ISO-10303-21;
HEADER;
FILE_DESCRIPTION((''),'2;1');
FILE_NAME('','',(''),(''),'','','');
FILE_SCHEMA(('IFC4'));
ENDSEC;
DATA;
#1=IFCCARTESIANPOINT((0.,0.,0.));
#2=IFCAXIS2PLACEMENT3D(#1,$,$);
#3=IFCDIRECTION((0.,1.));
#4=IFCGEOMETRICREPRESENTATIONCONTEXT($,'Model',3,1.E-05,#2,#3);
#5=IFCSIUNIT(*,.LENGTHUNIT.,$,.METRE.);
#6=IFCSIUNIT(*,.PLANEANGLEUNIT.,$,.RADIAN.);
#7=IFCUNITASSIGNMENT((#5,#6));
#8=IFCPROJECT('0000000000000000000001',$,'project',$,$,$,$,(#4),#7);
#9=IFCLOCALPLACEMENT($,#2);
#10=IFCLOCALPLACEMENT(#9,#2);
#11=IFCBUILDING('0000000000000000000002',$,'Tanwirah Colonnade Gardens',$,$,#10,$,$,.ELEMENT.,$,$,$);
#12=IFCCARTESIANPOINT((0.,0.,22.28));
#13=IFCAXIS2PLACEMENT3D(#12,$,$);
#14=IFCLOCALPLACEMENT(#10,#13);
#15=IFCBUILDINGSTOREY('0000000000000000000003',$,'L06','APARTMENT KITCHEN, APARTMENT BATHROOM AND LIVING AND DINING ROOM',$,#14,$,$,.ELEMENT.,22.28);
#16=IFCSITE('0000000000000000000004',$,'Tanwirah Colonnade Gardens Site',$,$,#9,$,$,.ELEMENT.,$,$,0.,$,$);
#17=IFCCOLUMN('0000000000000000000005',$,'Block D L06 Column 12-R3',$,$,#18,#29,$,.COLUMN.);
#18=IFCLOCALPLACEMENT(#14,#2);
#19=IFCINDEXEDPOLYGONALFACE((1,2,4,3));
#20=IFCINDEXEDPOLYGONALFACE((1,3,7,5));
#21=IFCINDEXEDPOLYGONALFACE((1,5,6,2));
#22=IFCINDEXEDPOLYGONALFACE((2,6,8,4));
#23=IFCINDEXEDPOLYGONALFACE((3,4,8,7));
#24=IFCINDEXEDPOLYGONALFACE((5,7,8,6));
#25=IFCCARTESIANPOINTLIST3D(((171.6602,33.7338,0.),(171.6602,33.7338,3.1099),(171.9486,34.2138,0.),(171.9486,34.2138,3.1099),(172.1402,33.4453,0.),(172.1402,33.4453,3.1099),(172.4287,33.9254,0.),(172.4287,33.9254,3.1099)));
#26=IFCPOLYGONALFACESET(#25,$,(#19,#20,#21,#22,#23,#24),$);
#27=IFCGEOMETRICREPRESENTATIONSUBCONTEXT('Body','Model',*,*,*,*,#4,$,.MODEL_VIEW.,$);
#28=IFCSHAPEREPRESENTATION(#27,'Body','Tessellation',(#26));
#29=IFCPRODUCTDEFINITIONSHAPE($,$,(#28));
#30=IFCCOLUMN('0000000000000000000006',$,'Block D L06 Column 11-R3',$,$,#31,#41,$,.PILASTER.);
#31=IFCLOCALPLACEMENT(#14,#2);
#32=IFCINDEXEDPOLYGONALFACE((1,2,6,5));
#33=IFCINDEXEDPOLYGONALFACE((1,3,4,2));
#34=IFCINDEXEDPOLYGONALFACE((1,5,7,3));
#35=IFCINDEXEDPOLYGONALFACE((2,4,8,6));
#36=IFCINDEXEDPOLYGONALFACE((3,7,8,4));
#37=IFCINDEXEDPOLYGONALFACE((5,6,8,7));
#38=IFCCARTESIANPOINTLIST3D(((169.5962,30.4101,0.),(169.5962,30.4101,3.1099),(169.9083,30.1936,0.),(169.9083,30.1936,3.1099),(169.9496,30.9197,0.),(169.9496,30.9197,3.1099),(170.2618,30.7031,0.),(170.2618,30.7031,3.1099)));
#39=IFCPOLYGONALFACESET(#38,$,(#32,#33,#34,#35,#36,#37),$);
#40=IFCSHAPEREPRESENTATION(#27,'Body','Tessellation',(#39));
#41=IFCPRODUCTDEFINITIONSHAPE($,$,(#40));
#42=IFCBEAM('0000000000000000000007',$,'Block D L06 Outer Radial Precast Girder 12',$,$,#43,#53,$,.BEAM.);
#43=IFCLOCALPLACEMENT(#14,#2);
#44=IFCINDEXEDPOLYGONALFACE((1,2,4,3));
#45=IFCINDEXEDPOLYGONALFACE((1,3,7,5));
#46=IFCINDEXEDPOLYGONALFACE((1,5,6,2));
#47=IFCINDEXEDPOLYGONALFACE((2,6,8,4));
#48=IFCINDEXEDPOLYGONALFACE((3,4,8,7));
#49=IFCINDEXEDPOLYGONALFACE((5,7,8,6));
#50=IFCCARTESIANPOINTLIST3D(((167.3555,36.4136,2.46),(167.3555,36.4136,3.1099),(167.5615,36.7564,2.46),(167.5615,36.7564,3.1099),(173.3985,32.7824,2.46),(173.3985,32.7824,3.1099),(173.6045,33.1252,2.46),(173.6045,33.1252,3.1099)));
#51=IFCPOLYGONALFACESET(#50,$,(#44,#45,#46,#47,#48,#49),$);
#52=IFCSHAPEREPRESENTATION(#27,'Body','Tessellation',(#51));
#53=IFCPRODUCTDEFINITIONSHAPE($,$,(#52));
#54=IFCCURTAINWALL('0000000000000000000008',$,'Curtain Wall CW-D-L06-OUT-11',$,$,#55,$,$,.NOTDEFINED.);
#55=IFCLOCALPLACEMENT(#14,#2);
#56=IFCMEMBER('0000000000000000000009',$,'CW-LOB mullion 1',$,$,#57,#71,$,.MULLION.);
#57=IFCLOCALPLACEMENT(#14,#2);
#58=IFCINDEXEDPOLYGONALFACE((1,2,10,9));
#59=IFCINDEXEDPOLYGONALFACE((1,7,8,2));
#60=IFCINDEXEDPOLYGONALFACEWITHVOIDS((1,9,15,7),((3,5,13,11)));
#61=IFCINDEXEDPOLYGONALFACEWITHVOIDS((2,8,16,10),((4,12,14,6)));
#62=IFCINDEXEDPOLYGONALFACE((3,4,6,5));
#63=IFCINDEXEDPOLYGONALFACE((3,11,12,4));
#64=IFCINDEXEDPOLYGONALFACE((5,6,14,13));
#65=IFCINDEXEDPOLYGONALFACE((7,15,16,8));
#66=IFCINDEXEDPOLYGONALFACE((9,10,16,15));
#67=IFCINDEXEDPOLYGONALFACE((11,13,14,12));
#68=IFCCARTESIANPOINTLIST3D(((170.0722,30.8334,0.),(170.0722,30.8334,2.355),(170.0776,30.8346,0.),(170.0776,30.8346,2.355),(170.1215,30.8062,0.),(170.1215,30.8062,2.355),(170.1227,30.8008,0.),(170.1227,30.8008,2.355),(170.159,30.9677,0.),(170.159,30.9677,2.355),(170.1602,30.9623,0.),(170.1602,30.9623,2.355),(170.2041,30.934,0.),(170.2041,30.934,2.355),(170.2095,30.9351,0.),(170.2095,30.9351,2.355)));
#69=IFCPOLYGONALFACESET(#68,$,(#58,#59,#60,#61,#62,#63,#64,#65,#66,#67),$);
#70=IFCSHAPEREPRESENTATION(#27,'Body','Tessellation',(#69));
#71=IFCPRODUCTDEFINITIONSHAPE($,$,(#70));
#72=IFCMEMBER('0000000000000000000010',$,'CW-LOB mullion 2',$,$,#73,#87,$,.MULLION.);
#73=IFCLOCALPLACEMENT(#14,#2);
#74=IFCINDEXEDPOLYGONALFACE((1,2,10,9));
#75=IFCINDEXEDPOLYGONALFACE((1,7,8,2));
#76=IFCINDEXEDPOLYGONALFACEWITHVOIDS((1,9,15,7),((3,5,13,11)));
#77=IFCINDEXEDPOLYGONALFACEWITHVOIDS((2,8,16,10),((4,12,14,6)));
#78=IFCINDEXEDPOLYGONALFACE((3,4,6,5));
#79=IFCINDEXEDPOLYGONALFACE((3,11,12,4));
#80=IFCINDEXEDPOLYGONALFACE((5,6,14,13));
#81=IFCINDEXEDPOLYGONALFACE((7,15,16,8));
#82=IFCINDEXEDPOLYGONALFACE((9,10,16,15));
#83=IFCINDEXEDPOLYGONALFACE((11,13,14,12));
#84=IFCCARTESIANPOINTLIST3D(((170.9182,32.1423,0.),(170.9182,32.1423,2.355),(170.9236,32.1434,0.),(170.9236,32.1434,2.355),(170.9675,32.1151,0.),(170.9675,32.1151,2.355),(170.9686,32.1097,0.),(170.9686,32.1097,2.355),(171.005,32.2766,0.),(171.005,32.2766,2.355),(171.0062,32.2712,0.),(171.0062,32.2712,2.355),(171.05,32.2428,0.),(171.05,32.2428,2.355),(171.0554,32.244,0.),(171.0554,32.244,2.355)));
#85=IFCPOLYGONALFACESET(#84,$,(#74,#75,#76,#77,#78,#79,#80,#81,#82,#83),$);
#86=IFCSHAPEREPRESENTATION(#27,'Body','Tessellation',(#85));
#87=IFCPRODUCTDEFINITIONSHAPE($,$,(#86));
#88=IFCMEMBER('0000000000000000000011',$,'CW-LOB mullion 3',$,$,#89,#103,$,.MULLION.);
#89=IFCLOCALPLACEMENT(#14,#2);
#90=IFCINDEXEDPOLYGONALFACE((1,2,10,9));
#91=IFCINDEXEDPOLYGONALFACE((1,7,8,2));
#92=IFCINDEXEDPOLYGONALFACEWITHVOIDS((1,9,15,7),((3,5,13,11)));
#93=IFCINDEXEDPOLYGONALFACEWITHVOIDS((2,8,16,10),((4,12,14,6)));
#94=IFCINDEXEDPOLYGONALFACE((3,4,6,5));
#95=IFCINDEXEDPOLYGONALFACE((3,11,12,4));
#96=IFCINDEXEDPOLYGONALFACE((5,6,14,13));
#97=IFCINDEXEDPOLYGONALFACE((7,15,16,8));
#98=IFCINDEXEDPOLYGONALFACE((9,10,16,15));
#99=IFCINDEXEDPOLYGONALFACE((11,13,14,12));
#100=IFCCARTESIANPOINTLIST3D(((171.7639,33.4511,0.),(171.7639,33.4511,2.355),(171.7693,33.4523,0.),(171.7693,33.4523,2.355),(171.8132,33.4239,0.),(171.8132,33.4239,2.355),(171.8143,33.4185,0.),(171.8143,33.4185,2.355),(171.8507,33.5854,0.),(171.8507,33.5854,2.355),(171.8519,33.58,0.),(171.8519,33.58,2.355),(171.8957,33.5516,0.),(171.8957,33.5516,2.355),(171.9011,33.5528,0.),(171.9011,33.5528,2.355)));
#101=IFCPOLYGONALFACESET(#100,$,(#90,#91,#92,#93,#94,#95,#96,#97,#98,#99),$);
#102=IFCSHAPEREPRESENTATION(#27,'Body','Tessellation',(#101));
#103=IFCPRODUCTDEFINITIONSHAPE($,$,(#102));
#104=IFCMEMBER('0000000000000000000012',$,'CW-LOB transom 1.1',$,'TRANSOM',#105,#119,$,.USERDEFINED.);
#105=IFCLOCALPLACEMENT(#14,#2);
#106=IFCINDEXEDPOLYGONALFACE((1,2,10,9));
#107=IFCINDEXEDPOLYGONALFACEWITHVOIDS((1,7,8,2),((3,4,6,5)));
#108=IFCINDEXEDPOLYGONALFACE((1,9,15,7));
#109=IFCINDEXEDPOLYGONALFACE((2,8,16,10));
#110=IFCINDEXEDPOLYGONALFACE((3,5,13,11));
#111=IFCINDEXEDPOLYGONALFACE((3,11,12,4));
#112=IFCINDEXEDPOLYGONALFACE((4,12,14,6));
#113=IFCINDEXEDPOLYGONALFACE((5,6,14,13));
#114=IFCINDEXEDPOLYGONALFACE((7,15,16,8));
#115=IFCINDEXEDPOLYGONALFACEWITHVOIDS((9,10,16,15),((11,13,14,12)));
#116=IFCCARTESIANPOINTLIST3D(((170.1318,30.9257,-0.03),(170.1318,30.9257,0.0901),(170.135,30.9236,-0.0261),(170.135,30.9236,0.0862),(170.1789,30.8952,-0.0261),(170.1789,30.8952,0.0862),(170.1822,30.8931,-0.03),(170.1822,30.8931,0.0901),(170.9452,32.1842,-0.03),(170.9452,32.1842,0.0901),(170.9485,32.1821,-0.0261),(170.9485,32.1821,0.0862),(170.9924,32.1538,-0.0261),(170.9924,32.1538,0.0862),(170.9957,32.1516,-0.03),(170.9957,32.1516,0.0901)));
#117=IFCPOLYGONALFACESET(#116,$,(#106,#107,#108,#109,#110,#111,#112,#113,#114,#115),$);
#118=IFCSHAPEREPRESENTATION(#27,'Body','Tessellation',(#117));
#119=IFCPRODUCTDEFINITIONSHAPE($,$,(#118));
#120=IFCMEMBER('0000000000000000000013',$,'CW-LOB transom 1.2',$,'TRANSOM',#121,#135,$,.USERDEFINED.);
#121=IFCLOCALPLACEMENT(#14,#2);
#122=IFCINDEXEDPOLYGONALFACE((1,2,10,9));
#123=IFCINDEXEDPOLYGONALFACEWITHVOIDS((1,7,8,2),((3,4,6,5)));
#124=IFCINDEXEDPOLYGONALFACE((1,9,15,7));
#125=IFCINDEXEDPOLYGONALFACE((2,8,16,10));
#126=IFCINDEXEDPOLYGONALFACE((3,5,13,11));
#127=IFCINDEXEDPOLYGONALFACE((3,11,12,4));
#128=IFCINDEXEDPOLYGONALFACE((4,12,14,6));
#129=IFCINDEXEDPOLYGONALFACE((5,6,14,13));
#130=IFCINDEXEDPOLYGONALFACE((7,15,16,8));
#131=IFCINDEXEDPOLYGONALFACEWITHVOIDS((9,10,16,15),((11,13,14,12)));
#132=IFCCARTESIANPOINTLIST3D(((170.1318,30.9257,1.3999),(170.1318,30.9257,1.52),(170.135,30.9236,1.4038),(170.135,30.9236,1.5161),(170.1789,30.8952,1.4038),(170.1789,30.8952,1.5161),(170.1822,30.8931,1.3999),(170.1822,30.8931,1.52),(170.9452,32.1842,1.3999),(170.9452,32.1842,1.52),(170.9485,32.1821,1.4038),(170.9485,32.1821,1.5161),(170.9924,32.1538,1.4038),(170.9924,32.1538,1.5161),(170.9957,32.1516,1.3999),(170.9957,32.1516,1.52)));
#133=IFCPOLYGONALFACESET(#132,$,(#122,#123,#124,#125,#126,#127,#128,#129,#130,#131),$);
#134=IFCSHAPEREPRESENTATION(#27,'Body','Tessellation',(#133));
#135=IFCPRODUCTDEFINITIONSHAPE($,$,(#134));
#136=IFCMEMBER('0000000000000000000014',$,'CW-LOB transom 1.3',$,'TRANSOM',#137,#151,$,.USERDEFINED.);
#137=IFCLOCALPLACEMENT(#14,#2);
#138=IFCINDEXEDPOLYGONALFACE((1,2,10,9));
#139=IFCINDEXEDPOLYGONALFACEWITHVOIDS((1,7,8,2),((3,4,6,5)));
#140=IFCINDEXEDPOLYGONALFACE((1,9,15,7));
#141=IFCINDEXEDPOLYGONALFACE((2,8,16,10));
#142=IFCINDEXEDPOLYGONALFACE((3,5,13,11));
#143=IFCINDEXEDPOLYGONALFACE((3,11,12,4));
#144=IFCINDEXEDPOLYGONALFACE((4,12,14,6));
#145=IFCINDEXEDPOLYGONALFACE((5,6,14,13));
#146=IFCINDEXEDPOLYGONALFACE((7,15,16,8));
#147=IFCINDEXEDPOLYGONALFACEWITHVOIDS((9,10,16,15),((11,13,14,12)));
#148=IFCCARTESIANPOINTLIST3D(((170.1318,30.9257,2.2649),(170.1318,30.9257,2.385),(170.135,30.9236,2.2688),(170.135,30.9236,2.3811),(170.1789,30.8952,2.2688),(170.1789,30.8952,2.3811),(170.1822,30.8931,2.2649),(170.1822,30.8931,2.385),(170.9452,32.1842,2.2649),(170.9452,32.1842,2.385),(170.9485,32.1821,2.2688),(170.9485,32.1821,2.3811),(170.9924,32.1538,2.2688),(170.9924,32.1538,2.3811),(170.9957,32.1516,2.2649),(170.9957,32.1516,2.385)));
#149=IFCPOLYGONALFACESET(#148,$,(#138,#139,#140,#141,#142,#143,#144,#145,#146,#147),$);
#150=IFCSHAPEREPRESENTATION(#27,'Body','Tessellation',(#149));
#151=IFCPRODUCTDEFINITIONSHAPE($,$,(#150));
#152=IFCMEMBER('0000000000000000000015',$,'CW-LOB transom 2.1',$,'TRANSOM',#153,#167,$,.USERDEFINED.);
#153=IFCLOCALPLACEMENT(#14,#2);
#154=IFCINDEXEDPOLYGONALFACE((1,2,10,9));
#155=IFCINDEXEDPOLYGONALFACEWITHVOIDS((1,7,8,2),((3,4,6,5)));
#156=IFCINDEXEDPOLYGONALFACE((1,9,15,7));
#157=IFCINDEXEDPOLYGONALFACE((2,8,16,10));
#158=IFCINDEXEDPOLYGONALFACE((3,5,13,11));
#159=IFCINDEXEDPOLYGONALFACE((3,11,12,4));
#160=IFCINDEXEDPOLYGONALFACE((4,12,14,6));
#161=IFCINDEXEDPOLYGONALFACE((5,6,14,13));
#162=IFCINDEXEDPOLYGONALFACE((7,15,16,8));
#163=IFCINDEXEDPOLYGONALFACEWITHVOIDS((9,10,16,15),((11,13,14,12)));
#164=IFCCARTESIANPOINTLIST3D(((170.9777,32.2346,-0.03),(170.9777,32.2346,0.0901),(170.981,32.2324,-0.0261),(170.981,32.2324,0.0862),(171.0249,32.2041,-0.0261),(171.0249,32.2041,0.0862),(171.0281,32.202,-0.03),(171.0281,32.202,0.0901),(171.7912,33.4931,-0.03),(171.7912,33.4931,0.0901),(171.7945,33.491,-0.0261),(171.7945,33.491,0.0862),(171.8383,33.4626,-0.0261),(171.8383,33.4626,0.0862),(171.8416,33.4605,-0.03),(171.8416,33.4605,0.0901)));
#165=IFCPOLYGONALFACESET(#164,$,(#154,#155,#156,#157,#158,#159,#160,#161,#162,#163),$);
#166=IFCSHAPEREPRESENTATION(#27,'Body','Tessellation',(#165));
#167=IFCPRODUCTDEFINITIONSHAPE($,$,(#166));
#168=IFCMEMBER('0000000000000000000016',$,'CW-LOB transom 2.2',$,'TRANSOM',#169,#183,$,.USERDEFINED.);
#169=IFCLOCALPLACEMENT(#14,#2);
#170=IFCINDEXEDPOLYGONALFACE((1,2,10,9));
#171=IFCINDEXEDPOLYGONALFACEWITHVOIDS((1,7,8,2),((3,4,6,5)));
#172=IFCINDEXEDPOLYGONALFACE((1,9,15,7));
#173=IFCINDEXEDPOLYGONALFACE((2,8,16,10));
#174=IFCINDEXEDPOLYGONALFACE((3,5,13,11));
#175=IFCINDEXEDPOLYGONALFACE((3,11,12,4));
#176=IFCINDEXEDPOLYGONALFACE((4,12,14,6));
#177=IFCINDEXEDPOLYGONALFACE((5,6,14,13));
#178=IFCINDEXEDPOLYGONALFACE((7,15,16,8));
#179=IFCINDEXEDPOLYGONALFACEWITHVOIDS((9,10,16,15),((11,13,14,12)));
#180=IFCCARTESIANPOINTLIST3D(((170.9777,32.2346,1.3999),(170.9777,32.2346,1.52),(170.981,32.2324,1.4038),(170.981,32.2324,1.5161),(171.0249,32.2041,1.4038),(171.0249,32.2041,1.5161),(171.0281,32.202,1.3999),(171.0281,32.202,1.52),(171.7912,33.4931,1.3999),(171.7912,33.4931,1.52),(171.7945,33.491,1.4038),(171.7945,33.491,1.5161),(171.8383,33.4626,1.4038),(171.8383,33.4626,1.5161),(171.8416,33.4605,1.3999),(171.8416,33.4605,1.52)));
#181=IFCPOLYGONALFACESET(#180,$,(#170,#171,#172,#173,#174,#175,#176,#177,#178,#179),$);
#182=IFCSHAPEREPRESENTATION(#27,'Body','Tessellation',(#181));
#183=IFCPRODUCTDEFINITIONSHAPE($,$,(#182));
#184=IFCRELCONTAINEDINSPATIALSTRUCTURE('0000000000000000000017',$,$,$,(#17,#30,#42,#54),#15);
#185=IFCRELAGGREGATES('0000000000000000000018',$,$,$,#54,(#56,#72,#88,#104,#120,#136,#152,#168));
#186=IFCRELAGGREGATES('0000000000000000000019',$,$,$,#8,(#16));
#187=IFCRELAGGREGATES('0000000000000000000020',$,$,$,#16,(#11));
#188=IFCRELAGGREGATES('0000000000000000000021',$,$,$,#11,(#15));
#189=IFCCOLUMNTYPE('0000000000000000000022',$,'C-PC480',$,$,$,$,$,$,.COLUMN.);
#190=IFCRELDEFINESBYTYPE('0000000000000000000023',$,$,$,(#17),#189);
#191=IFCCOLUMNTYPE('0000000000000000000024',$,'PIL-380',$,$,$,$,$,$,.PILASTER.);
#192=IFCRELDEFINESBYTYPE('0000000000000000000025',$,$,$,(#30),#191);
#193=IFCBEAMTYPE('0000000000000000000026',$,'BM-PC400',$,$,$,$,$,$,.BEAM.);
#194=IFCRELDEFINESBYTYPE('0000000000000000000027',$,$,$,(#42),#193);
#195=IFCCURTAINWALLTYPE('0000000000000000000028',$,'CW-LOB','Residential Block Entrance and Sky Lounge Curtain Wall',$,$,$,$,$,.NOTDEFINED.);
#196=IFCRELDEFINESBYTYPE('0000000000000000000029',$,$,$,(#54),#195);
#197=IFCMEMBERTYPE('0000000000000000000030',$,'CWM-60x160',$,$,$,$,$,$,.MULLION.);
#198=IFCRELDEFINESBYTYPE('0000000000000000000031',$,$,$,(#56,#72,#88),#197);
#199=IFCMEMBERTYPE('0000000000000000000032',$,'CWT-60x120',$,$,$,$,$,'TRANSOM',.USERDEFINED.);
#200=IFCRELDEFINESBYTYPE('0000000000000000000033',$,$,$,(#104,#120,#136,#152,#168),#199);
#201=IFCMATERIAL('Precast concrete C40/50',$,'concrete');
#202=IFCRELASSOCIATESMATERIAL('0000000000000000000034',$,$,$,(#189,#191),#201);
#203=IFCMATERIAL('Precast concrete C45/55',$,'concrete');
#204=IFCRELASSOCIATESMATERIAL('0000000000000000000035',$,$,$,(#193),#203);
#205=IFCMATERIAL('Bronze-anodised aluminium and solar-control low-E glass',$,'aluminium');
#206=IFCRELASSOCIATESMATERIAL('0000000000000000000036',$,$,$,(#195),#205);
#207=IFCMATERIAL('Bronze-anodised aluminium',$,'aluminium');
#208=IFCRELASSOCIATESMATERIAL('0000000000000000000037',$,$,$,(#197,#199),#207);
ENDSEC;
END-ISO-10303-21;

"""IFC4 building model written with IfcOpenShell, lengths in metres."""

from ifc_helpers import new_model, si_unit, direction, frame, origin, origin_2d, place, context, subcontext, project, spatial, rectangle, hollow_rectangle, extrude, material, material_profile, profile_set, type_object, element, aggregate, save


model = new_model("IFC4")

# Units and contexts
model_context = context("Model", 3, precision=1e-05, world=origin(), true_north=direction((0.0, 1.0)))
body_context = subcontext(model_context, "Body", "Model", "MODEL_VIEW")
ifc_project = project(units=[si_unit("LENGTHUNIT", "METRE"), si_unit("PLANEANGLEUNIT", "RADIAN")], contexts=[model_context])

# Site, building, storey
site_placement = place(None, origin())
site = spatial("IfcSite", under=ifc_project, at=site_placement, Name="Tanwirah Colonnade Gardens Site", CompositionType="ELEMENT", RefElevation=0.0)
building_placement = place(site_placement, origin())
building = spatial("IfcBuilding", under=site, at=building_placement, Name="Tanwirah Colonnade Gardens", CompositionType="ELEMENT")
storey_placement = place(building_placement, frame((0.0, 0.0, 22.28)))
storey = spatial("IfcBuildingStorey", under=building, at=storey_placement, Name="L06", Description="APARTMENT KITCHEN, APARTMENT BATHROOM AND LIVING AND DINING ROOM", CompositionType="ELEMENT", Elevation=22.28)

# Columns
ifc_material_1 = material(Name="Precast concrete C40/50", Category="concrete")
ifc_material_profile_1 = material_profile(ifc_material_1, rectangle(XDim=0.5601, YDim=0.5601, at=origin_2d()), Name="PC-COL 560x560")
ifc_profile_set_1 = profile_set([ifc_material_profile_1], Name="Precast concrete C40/50")
column_type_1 = type_object("IfcColumnType", Name="C-PC480", PredefinedType="COLUMN", material=ifc_profile_set_1)
column_1_placement = place(storey_placement, frame((172.0444, 33.8296, 0.0), z_axis=(0.0, 0.0, 1.0), x_axis=(0.857167, -0.515038, 0.0)))
element("IfcColumn", 1, at=column_1_placement, inside=storey, type_object=column_type_1, Name="Block D L06 Column 12-R3", PredefinedType="COLUMN", context=body_context, shape_type="SweptSolid", body=[
    extrude(rectangle(XDim=0.5601, YDim=0.5601, at=origin_2d()), origin(), (0.0, 0.0, 1.0), 3.1099),
])
ifc_material_profile_2 = material_profile(ifc_material_1, rectangle(XDim=0.3799, YDim=0.6201, at=origin_2d()), Name="PC-PIL 380x620")
ifc_profile_set_2 = profile_set([ifc_material_profile_2], Name="Precast concrete C40/50")
column_type_2 = type_object("IfcColumnType", Name="PIL-380", PredefinedType="PILASTER", material=ifc_profile_set_2)
column_2_placement = place(storey_placement, frame((169.929, 30.5566, 0.0), z_axis=(0.0, 0.0, 1.0), x_axis=(0.821647, -0.569997, 0.0)))
element("IfcColumn", 2, at=column_2_placement, inside=storey, type_object=column_type_2, Name="Block D L06 Column 11-R3", PredefinedType="PILASTER", context=body_context, shape_type="SweptSolid", body=[
    extrude(rectangle(XDim=0.3799, YDim=0.6201, at=origin_2d()), origin(), (0.0, 0.0, 1.0), 3.1099),
])

# Beam
ifc_material_2 = material(Name="Precast concrete C45/55", Category="concrete")
ifc_material_profile_3 = material_profile(ifc_material_2, rectangle(XDim=0.3999, YDim=0.6499, at=origin_2d()), Name="PC-BM 400x650")
ifc_profile_set_3 = profile_set([ifc_material_profile_3], Name="Precast concrete C45/55")
beam_type_1 = type_object("IfcBeamType", Name="BM-PC400", PredefinedType="BEAM", material=ifc_profile_set_3)
beam_1_placement = place(storey_placement, frame((167.4585, 36.585, 2.7849), z_axis=(0.85716, -0.515051, 0.0), x_axis=(0.515051, 0.85716, 0.0)))
element("IfcBeam", 3, at=beam_1_placement, inside=storey, type_object=beam_type_1, Name="Block D L06 Outer Radial Precast Girder 12", PredefinedType="BEAM", context=body_context, shape_type="SweptSolid", body=[
    extrude(rectangle(XDim=0.3999, YDim=0.6499, at=origin_2d()), origin(), (0.0, 0.0, 1.0), 7.05),
])

# Curtain wall, members
ifc_material_3 = material(Name="Bronze-anodised aluminium and solar-control low-E glass", Category="aluminium")
curtain_wall_type = type_object("IfcCurtainWallType", Name="CW-LOB", Description="Residential Block Entrance and Sky Lounge Curtain Wall", PredefinedType="NOTDEFINED", material=ifc_material_3)
curtain_wall_placement = place(storey_placement, origin())
curtain_wall = element("IfcCurtainWall", 4, at=curtain_wall_placement, inside=storey, type_object=curtain_wall_type, Name="Curtain Wall CW-D-L06-OUT-11", PredefinedType="NOTDEFINED")
ifc_material_4 = material(Name="Bronze-anodised aluminium", Category="aluminium")
ifc_material_profile_4 = material_profile(ifc_material_4, hollow_rectangle(XDim=0.0601, YDim=0.1599, WallThickness=0.0039, at=origin_2d()), Name="CW-MUL 60x160x4")
ifc_profile_set_4 = profile_set([ifc_material_profile_4], Name="Bronze-anodised aluminium")
member_type_1 = type_object("IfcMemberType", Name="CWM-60x160", PredefinedType="MULLION", material=ifc_profile_set_4)
member_1_placement = place(storey_placement, frame((170.1409, 30.8843, 0.0), z_axis=(0.0, 0.0, 1.0), x_axis=(-0.839857, 0.542807, 0.0)))
member_1 = element("IfcMember", 5, at=member_1_placement, type_object=member_type_1, Name="CW-LOB mullion 1", PredefinedType="MULLION", context=body_context, shape_type="SweptSolid", body=[
    extrude(hollow_rectangle(XDim=0.0601, YDim=0.1599, WallThickness=0.0039, at=origin_2d()), origin(), (0.0, 0.0, 1.0), 2.355),
])
member_2_placement = place(storey_placement, frame((170.9868, 32.1931, 0.0), z_axis=(0.0, 0.0, 1.0), x_axis=(-0.839857, 0.542807, 0.0)))
member_2 = element("IfcMember", 6, at=member_2_placement, type_object=member_type_1, Name="CW-LOB mullion 2", PredefinedType="MULLION", context=body_context, shape_type="SweptSolid", body=[
    extrude(hollow_rectangle(XDim=0.0601, YDim=0.1599, WallThickness=0.0039, at=origin_2d()), origin(), (0.0, 0.0, 1.0), 2.355),
])
member_3_placement = place(storey_placement, frame((171.8325, 33.502, 0.0), z_axis=(0.0, 0.0, 1.0), x_axis=(-0.839857, 0.542807, 0.0)))
member_3 = element("IfcMember", 7, at=member_3_placement, type_object=member_type_1, Name="CW-LOB mullion 3", PredefinedType="MULLION", context=body_context, shape_type="SweptSolid", body=[
    extrude(hollow_rectangle(XDim=0.0601, YDim=0.1599, WallThickness=0.0039, at=origin_2d()), origin(), (0.0, 0.0, 1.0), 2.355),
])
ifc_material_profile_5 = material_profile(ifc_material_4, hollow_rectangle(XDim=0.0601, YDim=0.1201, WallThickness=0.0039, at=origin_2d()), Name="CW-TRN 60x120x4")
ifc_profile_set_5 = profile_set([ifc_material_profile_5], Name="Bronze-anodised aluminium")
member_type_2 = type_object("IfcMemberType", Name="CWT-60x120", ElementType="TRANSOM", PredefinedType="USERDEFINED", material=ifc_profile_set_5)
member_4_placement = place(storey_placement, frame((170.157, 30.9094, 0.03), z_axis=(0.542839, 0.839837, 0.0), x_axis=(-0.839837, 0.542839, 0.0)))
member_4 = element("IfcMember", 8, at=member_4_placement, type_object=member_type_2, Name="CW-LOB transom 1.1", ObjectType="TRANSOM", PredefinedType="USERDEFINED", context=body_context, shape_type="SweptSolid", body=[
    extrude(hollow_rectangle(XDim=0.0601, YDim=0.1201, WallThickness=0.0039, at=origin_2d()), origin(), (0.0, 0.0, 1.0), 1.4985),
])
member_5_placement = place(storey_placement, frame((170.157, 30.9094, 1.46), z_axis=(0.542839, 0.839837, 0.0), x_axis=(-0.839837, 0.542839, 0.0)))
member_5 = element("IfcMember", 9, at=member_5_placement, type_object=member_type_2, Name="CW-LOB transom 1.2", ObjectType="TRANSOM", PredefinedType="USERDEFINED", context=body_context, shape_type="SweptSolid", body=[
    extrude(hollow_rectangle(XDim=0.0601, YDim=0.1201, WallThickness=0.0039, at=origin_2d()), origin(), (0.0, 0.0, 1.0), 1.4985),
])
member_6_placement = place(storey_placement, frame((170.157, 30.9094, 2.325), z_axis=(0.542839, 0.839837, 0.0), x_axis=(-0.839837, 0.542839, 0.0)))
member_6 = element("IfcMember", 10, at=member_6_placement, type_object=member_type_2, Name="CW-LOB transom 1.3", ObjectType="TRANSOM", PredefinedType="USERDEFINED", context=body_context, shape_type="SweptSolid", body=[
    extrude(hollow_rectangle(XDim=0.0601, YDim=0.1201, WallThickness=0.0039, at=origin_2d()), origin(), (0.0, 0.0, 1.0), 1.4985),
])
member_7_placement = place(storey_placement, frame((171.0029, 32.2183, 0.03), z_axis=(0.542839, 0.839837, 0.0), x_axis=(-0.839837, 0.542839, 0.0)))
member_7 = element("IfcMember", 11, at=member_7_placement, type_object=member_type_2, Name="CW-LOB transom 2.1", ObjectType="TRANSOM", PredefinedType="USERDEFINED", context=body_context, shape_type="SweptSolid", body=[
    extrude(hollow_rectangle(XDim=0.0601, YDim=0.1201, WallThickness=0.0039, at=origin_2d()), origin(), (0.0, 0.0, 1.0), 1.4985),
])
member_8_placement = place(storey_placement, frame((171.0029, 32.2183, 1.46), z_axis=(0.542839, 0.839837, 0.0), x_axis=(-0.839837, 0.542839, 0.0)))
member_8 = element("IfcMember", 12, at=member_8_placement, type_object=member_type_2, Name="CW-LOB transom 2.2", ObjectType="TRANSOM", PredefinedType="USERDEFINED", context=body_context, shape_type="SweptSolid", body=[
    extrude(hollow_rectangle(XDim=0.0601, YDim=0.1201, WallThickness=0.0039, at=origin_2d()), origin(), (0.0, 0.0, 1.0), 1.4985),
])

aggregate(curtain_wall, [member_1, member_2, member_3, member_4, member_5, member_6, member_7, member_8])

save(model, "model.ifc")
